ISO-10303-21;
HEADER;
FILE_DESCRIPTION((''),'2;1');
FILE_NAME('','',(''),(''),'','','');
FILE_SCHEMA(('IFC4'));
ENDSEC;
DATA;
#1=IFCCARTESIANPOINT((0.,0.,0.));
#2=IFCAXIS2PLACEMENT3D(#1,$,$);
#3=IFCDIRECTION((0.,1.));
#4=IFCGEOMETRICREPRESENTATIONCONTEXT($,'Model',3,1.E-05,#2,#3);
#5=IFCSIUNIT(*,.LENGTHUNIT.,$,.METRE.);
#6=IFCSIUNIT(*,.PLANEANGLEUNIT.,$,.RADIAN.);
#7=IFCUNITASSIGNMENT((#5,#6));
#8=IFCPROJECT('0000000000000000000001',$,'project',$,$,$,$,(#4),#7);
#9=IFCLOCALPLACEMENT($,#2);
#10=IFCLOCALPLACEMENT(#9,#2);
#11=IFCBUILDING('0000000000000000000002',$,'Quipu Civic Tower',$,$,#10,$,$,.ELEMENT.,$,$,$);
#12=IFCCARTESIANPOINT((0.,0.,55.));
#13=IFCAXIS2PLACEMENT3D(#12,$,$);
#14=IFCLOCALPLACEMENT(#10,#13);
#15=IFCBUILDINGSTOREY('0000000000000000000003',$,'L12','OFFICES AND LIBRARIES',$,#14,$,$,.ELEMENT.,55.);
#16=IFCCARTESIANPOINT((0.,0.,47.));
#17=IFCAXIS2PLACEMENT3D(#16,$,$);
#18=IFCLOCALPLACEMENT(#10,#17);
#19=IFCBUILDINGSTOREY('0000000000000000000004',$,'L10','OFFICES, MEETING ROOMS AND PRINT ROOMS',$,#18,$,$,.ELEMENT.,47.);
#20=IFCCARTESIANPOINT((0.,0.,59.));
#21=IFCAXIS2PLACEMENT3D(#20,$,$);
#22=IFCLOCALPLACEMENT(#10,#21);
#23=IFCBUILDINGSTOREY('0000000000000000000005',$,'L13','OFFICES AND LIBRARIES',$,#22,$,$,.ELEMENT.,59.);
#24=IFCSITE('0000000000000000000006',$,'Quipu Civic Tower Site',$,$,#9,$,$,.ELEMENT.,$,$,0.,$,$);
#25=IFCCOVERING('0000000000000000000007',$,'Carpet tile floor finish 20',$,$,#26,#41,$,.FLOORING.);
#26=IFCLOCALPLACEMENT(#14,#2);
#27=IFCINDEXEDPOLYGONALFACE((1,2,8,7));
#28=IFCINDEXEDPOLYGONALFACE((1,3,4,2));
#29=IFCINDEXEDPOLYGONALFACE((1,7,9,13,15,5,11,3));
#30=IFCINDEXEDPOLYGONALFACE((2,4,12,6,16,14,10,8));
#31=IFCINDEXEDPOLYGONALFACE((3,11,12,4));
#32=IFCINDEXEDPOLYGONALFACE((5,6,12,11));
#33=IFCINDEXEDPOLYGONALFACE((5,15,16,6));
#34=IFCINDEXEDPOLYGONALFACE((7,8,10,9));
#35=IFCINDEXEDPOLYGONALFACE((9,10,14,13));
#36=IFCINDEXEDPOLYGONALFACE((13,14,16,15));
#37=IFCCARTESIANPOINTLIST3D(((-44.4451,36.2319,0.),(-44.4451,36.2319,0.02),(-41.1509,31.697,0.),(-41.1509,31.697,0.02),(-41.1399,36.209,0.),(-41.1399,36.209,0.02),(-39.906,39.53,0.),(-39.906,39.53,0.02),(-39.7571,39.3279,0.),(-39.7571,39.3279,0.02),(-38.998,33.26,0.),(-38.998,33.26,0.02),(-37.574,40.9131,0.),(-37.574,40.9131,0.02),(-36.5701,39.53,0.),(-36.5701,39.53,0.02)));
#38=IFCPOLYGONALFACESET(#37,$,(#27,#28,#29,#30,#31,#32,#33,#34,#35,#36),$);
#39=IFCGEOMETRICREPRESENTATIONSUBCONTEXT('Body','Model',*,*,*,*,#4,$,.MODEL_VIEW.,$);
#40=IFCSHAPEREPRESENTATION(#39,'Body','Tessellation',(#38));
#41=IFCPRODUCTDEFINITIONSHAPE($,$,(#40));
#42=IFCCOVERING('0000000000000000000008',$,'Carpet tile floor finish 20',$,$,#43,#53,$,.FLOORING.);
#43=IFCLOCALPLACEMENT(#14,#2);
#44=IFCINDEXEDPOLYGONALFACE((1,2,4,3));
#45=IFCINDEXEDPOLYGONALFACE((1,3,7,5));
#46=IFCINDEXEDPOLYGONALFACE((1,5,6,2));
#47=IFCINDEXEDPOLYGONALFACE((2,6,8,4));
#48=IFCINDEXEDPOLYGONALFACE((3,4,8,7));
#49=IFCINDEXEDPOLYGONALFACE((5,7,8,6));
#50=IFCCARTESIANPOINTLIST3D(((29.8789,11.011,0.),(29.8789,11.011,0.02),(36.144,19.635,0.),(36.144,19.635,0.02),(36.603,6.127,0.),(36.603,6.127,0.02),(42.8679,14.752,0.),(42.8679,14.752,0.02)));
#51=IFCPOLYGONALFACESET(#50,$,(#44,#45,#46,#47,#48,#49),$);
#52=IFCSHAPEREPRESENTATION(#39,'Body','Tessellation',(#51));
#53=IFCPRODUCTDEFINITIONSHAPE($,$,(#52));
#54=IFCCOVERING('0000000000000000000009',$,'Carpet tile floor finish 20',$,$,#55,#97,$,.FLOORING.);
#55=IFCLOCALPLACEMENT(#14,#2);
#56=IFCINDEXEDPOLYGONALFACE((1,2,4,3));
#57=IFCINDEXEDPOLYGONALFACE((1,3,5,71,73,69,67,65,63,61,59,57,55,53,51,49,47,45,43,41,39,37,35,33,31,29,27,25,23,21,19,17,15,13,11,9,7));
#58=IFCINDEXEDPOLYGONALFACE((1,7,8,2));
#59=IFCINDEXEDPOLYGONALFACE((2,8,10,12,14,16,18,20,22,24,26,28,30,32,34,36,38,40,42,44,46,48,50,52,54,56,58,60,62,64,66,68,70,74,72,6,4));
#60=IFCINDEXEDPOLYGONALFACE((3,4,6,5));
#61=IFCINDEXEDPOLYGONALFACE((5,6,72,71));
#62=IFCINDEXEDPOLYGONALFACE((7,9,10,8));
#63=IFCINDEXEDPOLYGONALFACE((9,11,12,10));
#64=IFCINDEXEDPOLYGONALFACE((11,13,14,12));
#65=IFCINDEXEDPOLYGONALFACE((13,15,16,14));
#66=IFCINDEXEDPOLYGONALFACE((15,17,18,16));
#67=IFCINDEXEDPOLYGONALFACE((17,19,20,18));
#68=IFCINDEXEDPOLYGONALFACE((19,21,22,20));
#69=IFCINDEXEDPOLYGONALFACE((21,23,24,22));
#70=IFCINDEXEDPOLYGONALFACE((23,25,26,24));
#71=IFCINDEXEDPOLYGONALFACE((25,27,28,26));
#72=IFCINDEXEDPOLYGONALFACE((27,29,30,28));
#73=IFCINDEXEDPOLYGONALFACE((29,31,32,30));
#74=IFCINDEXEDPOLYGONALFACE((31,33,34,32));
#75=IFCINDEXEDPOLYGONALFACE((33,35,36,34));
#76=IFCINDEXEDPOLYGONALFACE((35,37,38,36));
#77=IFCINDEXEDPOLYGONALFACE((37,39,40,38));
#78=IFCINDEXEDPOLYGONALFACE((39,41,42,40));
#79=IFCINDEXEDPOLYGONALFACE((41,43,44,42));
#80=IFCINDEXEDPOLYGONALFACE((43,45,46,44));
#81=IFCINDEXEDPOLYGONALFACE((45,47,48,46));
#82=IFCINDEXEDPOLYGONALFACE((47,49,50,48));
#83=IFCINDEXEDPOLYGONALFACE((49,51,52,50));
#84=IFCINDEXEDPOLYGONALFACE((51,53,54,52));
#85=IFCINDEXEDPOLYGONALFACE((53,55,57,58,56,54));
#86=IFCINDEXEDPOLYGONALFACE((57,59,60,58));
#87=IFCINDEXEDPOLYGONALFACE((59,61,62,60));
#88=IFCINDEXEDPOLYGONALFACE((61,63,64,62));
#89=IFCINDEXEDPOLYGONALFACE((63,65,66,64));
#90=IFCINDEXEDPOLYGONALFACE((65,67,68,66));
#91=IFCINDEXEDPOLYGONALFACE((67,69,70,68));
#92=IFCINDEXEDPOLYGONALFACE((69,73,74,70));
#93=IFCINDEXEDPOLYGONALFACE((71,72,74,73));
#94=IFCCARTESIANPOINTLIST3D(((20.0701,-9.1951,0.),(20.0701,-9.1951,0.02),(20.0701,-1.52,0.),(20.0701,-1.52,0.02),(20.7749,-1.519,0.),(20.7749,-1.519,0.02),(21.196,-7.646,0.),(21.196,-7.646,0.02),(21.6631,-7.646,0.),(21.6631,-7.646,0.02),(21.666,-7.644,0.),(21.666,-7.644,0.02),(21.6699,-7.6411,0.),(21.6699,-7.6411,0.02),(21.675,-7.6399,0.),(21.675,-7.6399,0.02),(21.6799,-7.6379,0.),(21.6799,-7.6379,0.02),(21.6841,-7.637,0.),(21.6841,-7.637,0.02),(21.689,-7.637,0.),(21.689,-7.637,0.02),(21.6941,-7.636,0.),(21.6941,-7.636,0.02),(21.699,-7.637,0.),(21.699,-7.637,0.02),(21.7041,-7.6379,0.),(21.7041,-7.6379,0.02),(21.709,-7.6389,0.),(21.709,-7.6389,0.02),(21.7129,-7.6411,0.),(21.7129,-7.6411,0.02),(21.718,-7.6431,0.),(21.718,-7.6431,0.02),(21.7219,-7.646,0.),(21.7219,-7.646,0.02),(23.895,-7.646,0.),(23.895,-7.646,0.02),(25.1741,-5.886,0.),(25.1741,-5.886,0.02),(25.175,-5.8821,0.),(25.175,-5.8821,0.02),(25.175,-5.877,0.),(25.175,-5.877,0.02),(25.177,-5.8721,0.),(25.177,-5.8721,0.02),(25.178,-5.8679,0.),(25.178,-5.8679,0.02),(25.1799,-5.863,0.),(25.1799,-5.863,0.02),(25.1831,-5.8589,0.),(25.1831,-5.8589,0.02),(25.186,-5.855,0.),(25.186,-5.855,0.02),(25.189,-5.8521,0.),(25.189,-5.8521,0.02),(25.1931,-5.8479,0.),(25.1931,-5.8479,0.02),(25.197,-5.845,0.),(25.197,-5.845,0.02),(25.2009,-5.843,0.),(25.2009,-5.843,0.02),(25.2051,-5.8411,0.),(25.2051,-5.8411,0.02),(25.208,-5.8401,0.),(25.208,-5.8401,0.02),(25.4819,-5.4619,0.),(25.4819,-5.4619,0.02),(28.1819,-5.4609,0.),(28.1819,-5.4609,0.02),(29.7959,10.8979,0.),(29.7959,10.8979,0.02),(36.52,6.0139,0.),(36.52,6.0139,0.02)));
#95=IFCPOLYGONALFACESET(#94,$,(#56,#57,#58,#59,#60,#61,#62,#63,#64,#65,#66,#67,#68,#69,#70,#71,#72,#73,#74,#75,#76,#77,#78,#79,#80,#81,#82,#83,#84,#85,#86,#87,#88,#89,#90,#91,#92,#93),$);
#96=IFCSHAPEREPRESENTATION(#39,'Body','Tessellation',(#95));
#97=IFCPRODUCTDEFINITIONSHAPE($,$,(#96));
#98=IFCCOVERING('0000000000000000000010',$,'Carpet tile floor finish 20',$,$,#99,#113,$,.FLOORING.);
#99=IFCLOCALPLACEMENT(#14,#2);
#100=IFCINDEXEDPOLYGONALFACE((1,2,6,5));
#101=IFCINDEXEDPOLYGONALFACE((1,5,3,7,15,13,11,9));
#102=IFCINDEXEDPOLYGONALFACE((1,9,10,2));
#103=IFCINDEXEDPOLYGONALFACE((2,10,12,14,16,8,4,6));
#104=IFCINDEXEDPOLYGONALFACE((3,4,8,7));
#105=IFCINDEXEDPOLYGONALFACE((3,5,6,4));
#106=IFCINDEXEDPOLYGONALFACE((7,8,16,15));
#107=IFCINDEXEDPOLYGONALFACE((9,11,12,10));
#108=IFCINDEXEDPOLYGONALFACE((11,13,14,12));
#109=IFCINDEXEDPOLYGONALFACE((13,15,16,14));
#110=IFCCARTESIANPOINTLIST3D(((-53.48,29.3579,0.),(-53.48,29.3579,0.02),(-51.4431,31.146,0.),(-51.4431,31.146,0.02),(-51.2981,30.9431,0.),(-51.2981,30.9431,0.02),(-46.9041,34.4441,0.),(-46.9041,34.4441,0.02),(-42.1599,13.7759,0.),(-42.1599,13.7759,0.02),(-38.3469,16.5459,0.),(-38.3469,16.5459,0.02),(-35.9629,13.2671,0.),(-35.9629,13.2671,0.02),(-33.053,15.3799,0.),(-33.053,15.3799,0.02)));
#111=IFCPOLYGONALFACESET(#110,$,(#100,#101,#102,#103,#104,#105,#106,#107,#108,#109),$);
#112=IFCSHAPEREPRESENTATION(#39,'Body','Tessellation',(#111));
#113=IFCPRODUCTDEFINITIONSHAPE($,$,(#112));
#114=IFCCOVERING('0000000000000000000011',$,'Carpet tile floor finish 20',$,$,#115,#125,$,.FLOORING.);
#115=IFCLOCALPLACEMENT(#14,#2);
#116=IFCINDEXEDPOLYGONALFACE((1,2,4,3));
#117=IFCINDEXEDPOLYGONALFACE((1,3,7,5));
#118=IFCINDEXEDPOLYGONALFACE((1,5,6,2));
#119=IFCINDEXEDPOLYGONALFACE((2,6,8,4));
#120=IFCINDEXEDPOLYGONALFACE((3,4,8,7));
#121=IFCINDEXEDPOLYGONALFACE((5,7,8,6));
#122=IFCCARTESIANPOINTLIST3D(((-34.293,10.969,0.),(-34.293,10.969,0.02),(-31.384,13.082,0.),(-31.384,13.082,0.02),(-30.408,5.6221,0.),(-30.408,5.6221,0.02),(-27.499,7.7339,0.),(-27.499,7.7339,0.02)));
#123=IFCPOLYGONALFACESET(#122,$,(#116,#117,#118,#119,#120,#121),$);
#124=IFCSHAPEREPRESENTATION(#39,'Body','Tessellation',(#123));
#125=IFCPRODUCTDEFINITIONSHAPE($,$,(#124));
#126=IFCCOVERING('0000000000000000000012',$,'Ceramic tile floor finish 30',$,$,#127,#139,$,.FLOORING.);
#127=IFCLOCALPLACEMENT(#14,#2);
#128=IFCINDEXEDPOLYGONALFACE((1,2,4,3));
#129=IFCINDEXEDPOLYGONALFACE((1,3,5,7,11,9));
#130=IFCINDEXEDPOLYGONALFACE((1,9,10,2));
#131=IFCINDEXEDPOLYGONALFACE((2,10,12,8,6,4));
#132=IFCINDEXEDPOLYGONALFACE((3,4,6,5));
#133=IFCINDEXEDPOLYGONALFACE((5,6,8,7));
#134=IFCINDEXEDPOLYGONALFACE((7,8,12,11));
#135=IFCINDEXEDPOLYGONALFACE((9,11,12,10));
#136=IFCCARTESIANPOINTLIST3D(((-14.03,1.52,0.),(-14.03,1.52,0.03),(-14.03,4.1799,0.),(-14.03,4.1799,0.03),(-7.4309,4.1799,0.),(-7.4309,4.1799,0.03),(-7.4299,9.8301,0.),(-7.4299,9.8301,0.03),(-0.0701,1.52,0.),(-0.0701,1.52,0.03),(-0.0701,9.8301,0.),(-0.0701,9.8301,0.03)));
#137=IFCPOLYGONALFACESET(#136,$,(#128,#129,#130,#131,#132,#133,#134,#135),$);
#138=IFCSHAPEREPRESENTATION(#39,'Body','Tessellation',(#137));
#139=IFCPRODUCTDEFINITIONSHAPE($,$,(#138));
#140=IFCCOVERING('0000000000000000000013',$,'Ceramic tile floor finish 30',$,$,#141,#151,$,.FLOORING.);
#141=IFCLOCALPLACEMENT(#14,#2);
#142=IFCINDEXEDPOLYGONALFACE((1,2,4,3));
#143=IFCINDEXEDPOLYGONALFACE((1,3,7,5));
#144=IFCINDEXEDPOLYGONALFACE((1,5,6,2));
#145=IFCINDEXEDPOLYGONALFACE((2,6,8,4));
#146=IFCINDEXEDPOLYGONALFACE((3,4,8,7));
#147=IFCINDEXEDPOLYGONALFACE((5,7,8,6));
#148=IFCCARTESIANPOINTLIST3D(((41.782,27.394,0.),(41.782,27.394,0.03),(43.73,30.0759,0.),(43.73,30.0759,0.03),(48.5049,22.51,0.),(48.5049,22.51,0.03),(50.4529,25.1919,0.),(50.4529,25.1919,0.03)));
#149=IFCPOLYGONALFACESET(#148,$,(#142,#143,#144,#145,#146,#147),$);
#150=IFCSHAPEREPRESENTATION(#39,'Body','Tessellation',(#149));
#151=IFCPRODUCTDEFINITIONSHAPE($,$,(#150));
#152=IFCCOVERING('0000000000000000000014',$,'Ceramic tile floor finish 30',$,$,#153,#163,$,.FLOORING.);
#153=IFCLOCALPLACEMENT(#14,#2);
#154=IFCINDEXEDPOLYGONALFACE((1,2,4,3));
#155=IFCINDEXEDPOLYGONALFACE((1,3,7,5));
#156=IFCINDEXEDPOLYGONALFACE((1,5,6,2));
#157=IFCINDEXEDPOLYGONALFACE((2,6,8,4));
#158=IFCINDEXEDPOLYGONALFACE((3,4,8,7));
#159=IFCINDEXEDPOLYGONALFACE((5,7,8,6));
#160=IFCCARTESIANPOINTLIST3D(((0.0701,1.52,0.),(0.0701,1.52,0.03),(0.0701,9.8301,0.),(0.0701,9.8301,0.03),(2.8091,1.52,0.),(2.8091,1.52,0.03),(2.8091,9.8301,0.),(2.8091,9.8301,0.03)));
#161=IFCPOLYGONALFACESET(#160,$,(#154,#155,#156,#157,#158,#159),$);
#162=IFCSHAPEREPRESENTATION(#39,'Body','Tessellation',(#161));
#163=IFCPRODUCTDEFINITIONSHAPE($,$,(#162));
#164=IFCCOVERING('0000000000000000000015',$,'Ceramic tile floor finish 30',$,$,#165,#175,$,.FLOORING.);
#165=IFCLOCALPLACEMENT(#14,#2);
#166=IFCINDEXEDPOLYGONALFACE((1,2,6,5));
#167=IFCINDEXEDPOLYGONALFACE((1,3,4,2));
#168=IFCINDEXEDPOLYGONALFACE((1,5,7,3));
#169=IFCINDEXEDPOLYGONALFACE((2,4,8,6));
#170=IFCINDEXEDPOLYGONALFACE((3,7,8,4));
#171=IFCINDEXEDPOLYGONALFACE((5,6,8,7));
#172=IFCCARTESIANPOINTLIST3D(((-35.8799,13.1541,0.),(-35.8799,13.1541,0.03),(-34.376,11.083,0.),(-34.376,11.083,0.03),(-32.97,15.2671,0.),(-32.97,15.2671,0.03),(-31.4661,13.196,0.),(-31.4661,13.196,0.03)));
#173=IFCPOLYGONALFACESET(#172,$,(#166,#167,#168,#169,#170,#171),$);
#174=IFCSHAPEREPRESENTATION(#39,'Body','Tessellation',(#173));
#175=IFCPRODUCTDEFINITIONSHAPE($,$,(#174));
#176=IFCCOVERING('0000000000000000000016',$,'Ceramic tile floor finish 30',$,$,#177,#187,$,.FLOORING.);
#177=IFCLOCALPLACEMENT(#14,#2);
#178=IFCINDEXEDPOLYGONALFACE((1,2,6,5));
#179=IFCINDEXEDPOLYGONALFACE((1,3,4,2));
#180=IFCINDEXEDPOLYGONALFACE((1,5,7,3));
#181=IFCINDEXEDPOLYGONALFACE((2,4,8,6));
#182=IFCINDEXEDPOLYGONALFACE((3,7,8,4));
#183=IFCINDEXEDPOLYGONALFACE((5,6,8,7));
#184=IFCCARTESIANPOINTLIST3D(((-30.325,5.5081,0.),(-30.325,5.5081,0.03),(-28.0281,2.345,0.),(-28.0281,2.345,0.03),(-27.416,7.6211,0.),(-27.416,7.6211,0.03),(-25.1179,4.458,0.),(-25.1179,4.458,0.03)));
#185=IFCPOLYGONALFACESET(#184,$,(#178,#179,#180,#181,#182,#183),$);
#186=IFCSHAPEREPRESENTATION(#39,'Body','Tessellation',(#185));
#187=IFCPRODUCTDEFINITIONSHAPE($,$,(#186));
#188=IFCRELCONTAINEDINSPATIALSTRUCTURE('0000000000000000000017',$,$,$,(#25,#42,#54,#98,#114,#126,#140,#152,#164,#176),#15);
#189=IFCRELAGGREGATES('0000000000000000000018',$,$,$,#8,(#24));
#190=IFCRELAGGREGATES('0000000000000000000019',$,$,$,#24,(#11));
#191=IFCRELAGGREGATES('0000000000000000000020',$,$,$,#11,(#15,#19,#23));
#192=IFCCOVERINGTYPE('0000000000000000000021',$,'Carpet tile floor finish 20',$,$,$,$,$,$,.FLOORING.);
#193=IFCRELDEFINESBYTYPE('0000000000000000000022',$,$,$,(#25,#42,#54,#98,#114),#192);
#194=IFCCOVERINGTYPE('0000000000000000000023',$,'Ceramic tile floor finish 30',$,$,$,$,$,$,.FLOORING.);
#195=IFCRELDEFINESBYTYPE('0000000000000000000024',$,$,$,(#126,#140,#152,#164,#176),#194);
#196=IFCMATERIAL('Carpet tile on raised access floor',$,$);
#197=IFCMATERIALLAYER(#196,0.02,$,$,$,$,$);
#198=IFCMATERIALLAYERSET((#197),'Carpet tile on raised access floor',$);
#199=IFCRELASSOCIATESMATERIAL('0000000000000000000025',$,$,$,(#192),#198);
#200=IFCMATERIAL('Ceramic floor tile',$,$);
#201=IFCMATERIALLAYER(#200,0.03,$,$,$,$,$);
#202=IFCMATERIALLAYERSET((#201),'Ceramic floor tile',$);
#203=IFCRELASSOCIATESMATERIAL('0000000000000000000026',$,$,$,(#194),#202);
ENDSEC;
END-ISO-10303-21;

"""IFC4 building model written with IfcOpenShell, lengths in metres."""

from ifc_helpers import new_model, si_unit, direction, frame, origin, place, context, subcontext, project, spatial, polyline, outline, extrude, material, layer, layer_set, type_object, element, save


model = new_model("IFC4")

# Units and contexts
model_context = context("Model", 3, precision=1e-05, world=origin(), true_north=direction((0.0, 1.0)))
body_context = subcontext(model_context, "Body", "Model", "MODEL_VIEW")
ifc_project = project(units=[si_unit("LENGTHUNIT", "METRE"), si_unit("PLANEANGLEUNIT", "RADIAN")], contexts=[model_context])

# Site, building, storey
site_placement = place(None, origin())
site = spatial("IfcSite", under=ifc_project, at=site_placement, Name="Quipu Civic Tower Site", CompositionType="ELEMENT", RefElevation=0.0)
building_placement = place(site_placement, origin())
building = spatial("IfcBuilding", under=site, at=building_placement, Name="Quipu Civic Tower", CompositionType="ELEMENT")
storey_1_placement = place(building_placement, frame((0.0, 0.0, 55.0)))
storey_1 = spatial("IfcBuildingStorey", under=building, at=storey_1_placement, Name="L12", Description="OFFICES AND LIBRARIES", CompositionType="ELEMENT", Elevation=55.0)

# Shared definitions
storey_2_placement = place(building_placement, frame((0.0, 0.0, 47.0)))
storey_2 = spatial("IfcBuildingStorey", under=building, at=storey_2_placement, Name="L10", Description="OFFICES, MEETING ROOMS AND PRINT ROOMS", CompositionType="ELEMENT", Elevation=47.0)

# Shared definitions
storey_3_placement = place(building_placement, frame((0.0, 0.0, 59.0)))
storey_3 = spatial("IfcBuildingStorey", under=building, at=storey_3_placement, Name="L13", Description="OFFICES AND LIBRARIES", CompositionType="ELEMENT", Elevation=59.0)

# Coverings
ifc_material_1 = material(Name="Carpet tile on raised access floor")
ifc_layer_1 = layer(ifc_material_1, 0.02)
ifc_layer_set_1 = layer_set([ifc_layer_1], Name="Carpet tile on raised access floor")
covering_type_1 = type_object("IfcCoveringType", Name="Carpet tile floor finish 20", PredefinedType="FLOORING", material=ifc_layer_set_1)
covering_1_placement = place(storey_1_placement, origin())
element("IfcCovering", 1, at=covering_1_placement, inside=storey_1, type_object=covering_type_1, Name="Carpet tile floor finish 20", PredefinedType="FLOORING", context=body_context, shape_type="SweptSolid", body=[
    extrude(outline(polyline([(-44.4451, 36.2319), (-39.906, 39.53), (-39.7571, 39.3279), (-37.574, 40.9131), (-36.5701, 39.53), (-41.1399, 36.209), (-38.998, 33.26), (-41.1509, 31.697), (-44.4451, 36.2319)])), origin(), (0.0, 0.0, 1.0), 0.02),
])
covering_2_placement = place(storey_1_placement, origin())
element("IfcCovering", 2, at=covering_2_placement, inside=storey_1, type_object=covering_type_1, Name="Carpet tile floor finish 20", PredefinedType="FLOORING", context=body_context, shape_type="SweptSolid", body=[
    extrude(outline(polyline([(29.8789, 11.011), (36.144, 19.635), (42.8679, 14.752), (36.603, 6.127), (29.8789, 11.011)])), origin(), (0.0, 0.0, 1.0), 0.02),
])
covering_3_placement = place(storey_1_placement, origin())
element("IfcCovering", 3, at=covering_3_placement, inside=storey_1, type_object=covering_type_1, Name="Carpet tile floor finish 20", PredefinedType="FLOORING", context=body_context, shape_type="SweptSolid", body=[
    extrude(outline(polyline([(20.0701, -9.1951), (20.0701, -1.52), (20.7749, -1.519), (29.7959, 10.8979), (36.52, 6.0139), (28.1819, -5.4609), (25.4819, -5.4619), (25.208, -5.8401), (25.2051, -5.8411), (25.2009, -5.843), (25.197, -5.845), (25.1931, -5.8479), (25.189, -5.8521), (25.186, -5.855), (25.1831, -5.8589), (25.1799, -5.863), (25.178, -5.8679), (25.177, -5.8721), (25.175, -5.877), (25.175, -5.8821), (25.1741, -5.886), (23.895, -7.646), (21.7219, -7.646), (21.7219, -7.646), (21.718, -7.6431), (21.7129, -7.6411), (21.709, -7.6389), (21.7041, -7.6379), (21.699, -7.637), (21.6941, -7.636), (21.689, -7.637), (21.6841, -7.637), (21.6799, -7.6379), (21.675, -7.6399), (21.6699, -7.6411), (21.666, -7.644), (21.6631, -7.646), (21.196, -7.646), (20.0701, -9.1951)])), origin(), (0.0, 0.0, 1.0), 0.02),
])
covering_4_placement = place(storey_1_placement, origin())
element("IfcCovering", 4, at=covering_4_placement, inside=storey_1, type_object=covering_type_1, Name="Carpet tile floor finish 20", PredefinedType="FLOORING", context=body_context, shape_type="SweptSolid", body=[
    extrude(outline(polyline([(-53.48, 29.3579), (-51.2981, 30.9431), (-51.4431, 31.146), (-46.9041, 34.4441), (-33.053, 15.3799), (-35.9629, 13.2671), (-38.3469, 16.5459), (-42.1599, 13.7759), (-53.48, 29.3579)])), origin(), (0.0, 0.0, 1.0), 0.02),
])
covering_5_placement = place(storey_1_placement, origin())
element("IfcCovering", 5, at=covering_5_placement, inside=storey_1, type_object=covering_type_1, Name="Carpet tile floor finish 20", PredefinedType="FLOORING", context=body_context, shape_type="SweptSolid", body=[
    extrude(outline(polyline([(-34.293, 10.969), (-31.384, 13.082), (-27.499, 7.7339), (-30.408, 5.6221), (-34.293, 10.969)])), origin(), (0.0, 0.0, 1.0), 0.02),
])
ifc_material_2 = material(Name="Ceramic floor tile")
ifc_layer_2 = layer(ifc_material_2, 0.03)
ifc_layer_set_2 = layer_set([ifc_layer_2], Name="Ceramic floor tile")
covering_type_2 = type_object("IfcCoveringType", Name="Ceramic tile floor finish 30", PredefinedType="FLOORING", material=ifc_layer_set_2)
covering_6_placement = place(storey_1_placement, origin())
element("IfcCovering", 6, at=covering_6_placement, inside=storey_1, type_object=covering_type_2, Name="Ceramic tile floor finish 30", PredefinedType="FLOORING", context=body_context, shape_type="SweptSolid", body=[
    extrude(outline(polyline([(-14.03, 4.1799), (-7.4309, 4.1799), (-7.4299, 9.8301), (-0.0701, 9.8301), (-0.0701, 1.52), (-14.03, 1.52), (-14.03, 4.1799)])), origin(), (0.0, 0.0, 1.0), 0.03),
])
covering_7_placement = place(storey_1_placement, origin())
element("IfcCovering", 7, at=covering_7_placement, inside=storey_1, type_object=covering_type_2, Name="Ceramic tile floor finish 30", PredefinedType="FLOORING", context=body_context, shape_type="SweptSolid", body=[
    extrude(outline(polyline([(41.782, 27.394), (43.73, 30.0759), (50.4529, 25.1919), (48.5049, 22.51), (41.782, 27.394)])), origin(), (0.0, 0.0, 1.0), 0.03),
])
covering_8_placement = place(storey_1_placement, origin())
element("IfcCovering", 8, at=covering_8_placement, inside=storey_1, type_object=covering_type_2, Name="Ceramic tile floor finish 30", PredefinedType="FLOORING", context=body_context, shape_type="SweptSolid", body=[
    extrude(outline(polyline([(0.0701, 9.8301), (2.8091, 9.8301), (2.8091, 1.52), (0.0701, 1.52), (0.0701, 9.8301)])), origin(), (0.0, 0.0, 1.0), 0.03),
])
covering_9_placement = place(storey_1_placement, origin())
element("IfcCovering", 9, at=covering_9_placement, inside=storey_1, type_object=covering_type_2, Name="Ceramic tile floor finish 30", PredefinedType="FLOORING", context=body_context, shape_type="SweptSolid", body=[
    extrude(outline(polyline([(-35.8799, 13.1541), (-32.97, 15.2671), (-31.4661, 13.196), (-34.376, 11.083), (-35.8799, 13.1541)])), origin(), (0.0, 0.0, 1.0), 0.03),
])
covering_10_placement = place(storey_1_placement, origin())
element("IfcCovering", 10, at=covering_10_placement, inside=storey_1, type_object=covering_type_2, Name="Ceramic tile floor finish 30", PredefinedType="FLOORING", context=body_context, shape_type="SweptSolid", body=[
    extrude(outline(polyline([(-30.325, 5.5081), (-27.416, 7.6211), (-25.1179, 4.458), (-28.0281, 2.345), (-30.325, 5.5081)])), origin(), (0.0, 0.0, 1.0), 0.03),
])

save(model, "model.ifc")
